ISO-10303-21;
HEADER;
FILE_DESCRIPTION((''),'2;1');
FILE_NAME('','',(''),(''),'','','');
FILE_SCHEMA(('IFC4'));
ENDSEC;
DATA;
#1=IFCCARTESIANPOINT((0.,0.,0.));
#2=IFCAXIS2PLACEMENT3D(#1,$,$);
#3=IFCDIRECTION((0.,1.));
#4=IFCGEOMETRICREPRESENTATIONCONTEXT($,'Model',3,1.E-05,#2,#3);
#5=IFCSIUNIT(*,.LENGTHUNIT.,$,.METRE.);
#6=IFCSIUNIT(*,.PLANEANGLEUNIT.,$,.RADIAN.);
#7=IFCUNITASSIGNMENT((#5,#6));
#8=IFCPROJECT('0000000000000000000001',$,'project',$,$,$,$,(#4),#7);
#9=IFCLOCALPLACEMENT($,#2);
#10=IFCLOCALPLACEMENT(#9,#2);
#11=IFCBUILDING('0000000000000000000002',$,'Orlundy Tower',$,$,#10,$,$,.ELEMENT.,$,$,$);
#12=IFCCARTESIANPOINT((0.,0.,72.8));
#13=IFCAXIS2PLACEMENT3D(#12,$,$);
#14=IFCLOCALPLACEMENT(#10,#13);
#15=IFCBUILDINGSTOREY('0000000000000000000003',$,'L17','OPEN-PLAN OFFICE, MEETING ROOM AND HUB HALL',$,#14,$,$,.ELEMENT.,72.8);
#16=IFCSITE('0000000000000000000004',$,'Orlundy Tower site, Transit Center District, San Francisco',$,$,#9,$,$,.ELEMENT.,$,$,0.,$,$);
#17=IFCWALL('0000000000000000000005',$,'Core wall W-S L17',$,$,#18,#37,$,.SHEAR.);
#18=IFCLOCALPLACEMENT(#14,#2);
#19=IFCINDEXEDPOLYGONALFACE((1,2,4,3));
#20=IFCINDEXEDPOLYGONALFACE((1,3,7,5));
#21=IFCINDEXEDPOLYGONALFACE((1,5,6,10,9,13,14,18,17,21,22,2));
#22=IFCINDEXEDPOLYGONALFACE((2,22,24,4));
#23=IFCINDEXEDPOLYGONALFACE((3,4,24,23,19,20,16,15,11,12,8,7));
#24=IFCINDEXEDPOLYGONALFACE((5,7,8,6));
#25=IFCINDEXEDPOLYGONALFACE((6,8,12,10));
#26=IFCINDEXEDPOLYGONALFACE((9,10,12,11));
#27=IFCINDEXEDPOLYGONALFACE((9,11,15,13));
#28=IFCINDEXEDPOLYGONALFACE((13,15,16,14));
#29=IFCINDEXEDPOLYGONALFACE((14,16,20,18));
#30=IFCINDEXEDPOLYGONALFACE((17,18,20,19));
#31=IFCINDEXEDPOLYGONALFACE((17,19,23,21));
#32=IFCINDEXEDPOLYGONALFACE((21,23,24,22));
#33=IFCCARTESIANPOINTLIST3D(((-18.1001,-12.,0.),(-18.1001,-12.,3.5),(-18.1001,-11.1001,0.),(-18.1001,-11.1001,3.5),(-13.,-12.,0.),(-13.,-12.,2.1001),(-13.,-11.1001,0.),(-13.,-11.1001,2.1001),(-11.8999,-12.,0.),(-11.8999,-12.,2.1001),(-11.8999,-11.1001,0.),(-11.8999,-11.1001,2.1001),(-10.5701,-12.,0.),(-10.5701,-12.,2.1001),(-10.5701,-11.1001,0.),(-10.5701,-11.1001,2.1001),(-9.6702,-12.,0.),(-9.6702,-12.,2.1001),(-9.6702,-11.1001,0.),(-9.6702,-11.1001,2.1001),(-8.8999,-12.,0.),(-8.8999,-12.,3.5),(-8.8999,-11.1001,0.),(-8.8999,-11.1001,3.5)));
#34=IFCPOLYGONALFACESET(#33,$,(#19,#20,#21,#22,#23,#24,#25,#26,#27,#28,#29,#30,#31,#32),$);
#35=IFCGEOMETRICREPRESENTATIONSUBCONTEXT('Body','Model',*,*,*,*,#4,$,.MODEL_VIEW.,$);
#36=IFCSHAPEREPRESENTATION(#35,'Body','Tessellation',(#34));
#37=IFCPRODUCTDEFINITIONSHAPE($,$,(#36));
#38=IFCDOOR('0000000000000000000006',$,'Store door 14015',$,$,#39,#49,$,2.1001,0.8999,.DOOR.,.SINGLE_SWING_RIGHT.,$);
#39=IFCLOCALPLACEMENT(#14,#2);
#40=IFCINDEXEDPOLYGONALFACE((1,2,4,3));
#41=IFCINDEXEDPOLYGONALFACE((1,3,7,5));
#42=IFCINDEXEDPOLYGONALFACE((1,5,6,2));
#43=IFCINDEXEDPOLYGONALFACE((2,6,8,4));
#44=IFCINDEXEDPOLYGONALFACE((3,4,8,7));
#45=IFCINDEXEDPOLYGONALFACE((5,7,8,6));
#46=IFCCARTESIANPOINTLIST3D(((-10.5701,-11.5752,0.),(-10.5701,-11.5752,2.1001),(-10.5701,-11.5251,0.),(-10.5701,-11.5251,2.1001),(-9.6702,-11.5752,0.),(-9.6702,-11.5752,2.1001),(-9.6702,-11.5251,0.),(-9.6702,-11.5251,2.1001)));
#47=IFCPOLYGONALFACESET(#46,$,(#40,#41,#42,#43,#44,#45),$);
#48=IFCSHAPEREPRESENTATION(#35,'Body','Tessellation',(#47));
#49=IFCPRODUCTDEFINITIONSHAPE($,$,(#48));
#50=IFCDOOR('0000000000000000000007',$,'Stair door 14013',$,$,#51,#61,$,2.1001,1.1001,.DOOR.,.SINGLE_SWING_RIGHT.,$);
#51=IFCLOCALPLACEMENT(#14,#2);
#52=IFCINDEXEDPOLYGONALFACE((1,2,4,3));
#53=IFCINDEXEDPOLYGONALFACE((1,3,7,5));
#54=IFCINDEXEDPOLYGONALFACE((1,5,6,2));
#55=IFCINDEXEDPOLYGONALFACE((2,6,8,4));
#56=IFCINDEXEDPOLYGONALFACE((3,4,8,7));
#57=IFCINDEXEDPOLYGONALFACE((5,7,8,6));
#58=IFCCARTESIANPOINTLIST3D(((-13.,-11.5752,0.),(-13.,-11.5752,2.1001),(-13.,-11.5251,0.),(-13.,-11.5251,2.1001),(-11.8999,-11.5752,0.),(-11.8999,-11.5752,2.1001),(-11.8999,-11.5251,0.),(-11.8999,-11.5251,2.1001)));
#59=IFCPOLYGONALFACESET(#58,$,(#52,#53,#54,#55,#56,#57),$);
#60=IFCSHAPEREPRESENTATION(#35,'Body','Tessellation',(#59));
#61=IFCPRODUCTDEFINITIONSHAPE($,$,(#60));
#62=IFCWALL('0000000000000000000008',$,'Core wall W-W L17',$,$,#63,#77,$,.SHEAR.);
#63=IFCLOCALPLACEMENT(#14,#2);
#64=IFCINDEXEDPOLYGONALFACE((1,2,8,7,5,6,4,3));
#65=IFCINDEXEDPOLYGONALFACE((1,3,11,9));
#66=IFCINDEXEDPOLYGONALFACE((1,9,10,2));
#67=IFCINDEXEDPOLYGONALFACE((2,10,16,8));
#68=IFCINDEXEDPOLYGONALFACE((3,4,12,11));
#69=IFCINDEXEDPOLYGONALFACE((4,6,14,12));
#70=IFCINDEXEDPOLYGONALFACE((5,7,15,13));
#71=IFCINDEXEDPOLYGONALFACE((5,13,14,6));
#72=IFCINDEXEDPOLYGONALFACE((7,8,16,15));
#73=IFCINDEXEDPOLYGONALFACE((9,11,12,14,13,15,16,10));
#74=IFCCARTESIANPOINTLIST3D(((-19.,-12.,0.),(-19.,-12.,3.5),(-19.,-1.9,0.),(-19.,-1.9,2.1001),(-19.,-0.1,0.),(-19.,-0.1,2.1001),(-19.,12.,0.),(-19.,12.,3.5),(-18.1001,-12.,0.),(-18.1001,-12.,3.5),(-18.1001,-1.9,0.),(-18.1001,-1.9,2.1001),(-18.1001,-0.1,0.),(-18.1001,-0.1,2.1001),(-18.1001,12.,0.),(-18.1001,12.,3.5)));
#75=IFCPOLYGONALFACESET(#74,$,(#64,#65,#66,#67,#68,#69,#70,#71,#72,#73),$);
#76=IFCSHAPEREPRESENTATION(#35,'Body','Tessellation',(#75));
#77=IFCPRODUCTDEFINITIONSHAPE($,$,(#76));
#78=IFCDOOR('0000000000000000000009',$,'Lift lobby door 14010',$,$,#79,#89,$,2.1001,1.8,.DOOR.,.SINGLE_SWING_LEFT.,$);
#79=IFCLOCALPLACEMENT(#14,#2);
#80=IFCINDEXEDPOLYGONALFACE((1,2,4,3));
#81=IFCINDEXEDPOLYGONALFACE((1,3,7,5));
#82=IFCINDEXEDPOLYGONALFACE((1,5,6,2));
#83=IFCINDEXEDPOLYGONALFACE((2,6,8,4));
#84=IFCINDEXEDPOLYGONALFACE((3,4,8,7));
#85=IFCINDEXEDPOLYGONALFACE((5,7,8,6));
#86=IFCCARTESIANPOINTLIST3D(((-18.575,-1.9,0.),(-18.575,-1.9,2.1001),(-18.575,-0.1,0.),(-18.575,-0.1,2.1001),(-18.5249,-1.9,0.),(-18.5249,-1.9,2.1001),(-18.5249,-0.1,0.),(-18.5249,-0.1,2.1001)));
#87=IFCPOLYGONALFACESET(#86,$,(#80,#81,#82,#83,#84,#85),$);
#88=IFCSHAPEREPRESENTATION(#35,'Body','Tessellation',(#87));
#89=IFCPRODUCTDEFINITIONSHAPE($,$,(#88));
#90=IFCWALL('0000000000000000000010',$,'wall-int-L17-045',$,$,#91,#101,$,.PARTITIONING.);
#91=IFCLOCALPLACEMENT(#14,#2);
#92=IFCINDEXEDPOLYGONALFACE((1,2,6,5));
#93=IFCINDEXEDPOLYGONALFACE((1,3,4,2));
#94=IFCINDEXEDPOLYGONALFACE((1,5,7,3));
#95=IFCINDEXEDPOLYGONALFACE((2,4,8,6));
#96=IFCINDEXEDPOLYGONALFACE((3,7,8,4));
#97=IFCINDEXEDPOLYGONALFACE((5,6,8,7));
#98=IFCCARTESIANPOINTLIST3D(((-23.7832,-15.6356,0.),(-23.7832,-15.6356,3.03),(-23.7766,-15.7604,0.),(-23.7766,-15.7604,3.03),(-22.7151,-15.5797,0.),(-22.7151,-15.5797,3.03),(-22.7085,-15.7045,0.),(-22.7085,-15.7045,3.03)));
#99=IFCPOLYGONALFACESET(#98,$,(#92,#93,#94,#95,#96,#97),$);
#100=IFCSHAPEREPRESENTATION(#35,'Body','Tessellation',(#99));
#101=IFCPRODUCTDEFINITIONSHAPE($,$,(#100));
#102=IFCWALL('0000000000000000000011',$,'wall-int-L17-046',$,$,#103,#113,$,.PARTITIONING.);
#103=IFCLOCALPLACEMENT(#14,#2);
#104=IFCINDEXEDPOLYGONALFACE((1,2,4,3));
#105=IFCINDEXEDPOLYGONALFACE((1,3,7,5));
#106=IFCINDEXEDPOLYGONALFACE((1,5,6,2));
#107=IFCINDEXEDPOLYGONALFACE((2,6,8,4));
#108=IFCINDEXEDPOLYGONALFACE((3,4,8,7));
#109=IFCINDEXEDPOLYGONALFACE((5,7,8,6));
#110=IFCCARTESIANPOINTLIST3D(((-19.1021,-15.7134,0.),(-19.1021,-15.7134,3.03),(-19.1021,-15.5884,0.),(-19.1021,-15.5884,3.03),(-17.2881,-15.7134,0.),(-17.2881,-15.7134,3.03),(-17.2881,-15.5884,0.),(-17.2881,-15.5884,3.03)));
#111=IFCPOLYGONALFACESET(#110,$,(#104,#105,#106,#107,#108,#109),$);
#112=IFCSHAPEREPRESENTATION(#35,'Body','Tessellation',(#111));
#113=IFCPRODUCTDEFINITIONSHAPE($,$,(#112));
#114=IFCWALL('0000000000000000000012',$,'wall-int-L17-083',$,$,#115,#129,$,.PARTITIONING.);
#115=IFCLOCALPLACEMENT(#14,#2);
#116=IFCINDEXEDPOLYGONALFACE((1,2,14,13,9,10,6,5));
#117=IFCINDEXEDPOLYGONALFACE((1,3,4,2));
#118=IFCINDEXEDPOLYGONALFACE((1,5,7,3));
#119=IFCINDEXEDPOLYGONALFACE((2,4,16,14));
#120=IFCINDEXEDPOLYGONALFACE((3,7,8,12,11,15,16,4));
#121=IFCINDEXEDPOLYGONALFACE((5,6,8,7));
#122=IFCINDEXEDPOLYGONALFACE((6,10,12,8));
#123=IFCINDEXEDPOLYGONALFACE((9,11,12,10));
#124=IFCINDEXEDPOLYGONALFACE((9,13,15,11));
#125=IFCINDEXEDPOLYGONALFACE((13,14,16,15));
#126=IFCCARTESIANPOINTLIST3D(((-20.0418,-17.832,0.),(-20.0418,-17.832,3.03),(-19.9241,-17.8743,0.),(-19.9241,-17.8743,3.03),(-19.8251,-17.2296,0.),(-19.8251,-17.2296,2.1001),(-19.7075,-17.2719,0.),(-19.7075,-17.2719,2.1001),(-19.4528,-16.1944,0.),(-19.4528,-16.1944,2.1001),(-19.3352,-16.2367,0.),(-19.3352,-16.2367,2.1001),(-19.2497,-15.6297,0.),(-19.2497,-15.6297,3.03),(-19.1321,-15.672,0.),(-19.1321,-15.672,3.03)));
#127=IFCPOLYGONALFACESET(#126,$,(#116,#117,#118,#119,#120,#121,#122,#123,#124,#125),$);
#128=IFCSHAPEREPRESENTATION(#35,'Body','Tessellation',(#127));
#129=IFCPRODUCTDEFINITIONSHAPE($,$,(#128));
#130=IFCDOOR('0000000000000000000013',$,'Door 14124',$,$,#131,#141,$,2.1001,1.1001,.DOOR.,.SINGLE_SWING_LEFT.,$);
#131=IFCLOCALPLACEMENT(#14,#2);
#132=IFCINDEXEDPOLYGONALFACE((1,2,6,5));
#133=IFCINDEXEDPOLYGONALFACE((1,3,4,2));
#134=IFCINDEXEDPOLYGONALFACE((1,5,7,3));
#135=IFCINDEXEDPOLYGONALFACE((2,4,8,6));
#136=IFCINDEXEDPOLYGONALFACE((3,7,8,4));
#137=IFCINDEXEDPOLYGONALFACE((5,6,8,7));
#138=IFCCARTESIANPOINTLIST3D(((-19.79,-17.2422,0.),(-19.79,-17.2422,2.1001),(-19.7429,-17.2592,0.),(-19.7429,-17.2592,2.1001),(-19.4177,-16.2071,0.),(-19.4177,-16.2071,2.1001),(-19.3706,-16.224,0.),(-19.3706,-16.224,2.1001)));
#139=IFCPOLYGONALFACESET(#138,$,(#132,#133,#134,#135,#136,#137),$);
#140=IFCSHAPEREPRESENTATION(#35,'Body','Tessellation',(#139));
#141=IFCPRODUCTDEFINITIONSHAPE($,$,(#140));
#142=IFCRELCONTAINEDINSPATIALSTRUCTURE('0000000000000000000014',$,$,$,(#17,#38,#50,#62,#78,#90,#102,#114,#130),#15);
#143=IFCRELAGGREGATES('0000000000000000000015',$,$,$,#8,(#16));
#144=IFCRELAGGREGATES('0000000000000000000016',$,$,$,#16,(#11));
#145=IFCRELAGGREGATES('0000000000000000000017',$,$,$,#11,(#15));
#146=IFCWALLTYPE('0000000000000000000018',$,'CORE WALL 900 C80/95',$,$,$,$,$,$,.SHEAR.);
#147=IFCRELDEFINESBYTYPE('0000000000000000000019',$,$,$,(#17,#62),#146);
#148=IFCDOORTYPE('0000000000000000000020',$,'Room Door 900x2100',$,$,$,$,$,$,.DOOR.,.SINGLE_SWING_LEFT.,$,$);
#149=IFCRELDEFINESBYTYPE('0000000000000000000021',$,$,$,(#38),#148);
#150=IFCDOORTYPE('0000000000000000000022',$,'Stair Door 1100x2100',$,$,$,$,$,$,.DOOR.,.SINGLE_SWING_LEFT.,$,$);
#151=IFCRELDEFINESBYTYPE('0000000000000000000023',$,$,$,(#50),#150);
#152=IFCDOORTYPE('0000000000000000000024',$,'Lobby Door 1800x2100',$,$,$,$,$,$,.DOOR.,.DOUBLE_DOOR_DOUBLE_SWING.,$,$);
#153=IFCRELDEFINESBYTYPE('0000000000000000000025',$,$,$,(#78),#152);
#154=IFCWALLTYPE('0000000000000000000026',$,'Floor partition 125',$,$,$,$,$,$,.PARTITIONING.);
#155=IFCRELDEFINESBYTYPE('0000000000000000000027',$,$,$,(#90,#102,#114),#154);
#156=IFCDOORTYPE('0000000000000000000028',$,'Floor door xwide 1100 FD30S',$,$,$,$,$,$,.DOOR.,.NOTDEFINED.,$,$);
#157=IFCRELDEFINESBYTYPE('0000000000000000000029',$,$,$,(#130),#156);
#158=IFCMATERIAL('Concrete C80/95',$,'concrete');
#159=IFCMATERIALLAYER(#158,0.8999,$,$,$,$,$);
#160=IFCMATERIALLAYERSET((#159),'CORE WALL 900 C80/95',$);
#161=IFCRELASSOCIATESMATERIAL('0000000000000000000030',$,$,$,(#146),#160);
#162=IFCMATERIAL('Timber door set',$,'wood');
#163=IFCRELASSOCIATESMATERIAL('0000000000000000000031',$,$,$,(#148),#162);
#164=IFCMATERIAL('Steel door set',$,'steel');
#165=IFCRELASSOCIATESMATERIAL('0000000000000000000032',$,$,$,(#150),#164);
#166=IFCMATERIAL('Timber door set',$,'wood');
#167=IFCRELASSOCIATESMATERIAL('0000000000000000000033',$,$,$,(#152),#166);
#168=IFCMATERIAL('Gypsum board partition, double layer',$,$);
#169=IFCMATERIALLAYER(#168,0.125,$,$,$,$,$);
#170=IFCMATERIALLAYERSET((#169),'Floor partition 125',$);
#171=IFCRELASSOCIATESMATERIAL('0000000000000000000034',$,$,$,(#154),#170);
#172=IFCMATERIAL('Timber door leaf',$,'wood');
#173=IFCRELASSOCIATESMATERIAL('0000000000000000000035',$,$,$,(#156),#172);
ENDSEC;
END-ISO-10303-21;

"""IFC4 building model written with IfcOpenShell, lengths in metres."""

from ifc_helpers import new_model, si_unit, direction, frame, frame_2d, origin, place, context, subcontext, project, spatial, rectangle, extrude, material, layer, layer_set, type_object, element, fill, save


model = new_model("IFC4")

# Units and contexts
model_context = context("Model", 3, precision=1e-05, world=origin(), true_north=direction((0.0, 1.0)))
body_context = subcontext(model_context, "Body", "Model", "MODEL_VIEW")
ifc_project = project(units=[si_unit("LENGTHUNIT", "METRE"), si_unit("PLANEANGLEUNIT", "RADIAN")], contexts=[model_context])

# Site, building, storey
site_placement = place(None, origin())
site = spatial("IfcSite", under=ifc_project, at=site_placement, Name="Orlundy Tower site, Transit Center District, San Francisco", CompositionType="ELEMENT", RefElevation=0.0)
building_placement = place(site_placement, origin())
building = spatial("IfcBuilding", under=site, at=building_placement, Name="Orlundy Tower", CompositionType="ELEMENT")
storey_placement = place(building_placement, frame((0.0, 0.0, 72.8)))
storey = spatial("IfcBuildingStorey", under=building, at=storey_placement, Name="L17", Description="OPEN-PLAN OFFICE, MEETING ROOM AND HUB HALL", CompositionType="ELEMENT", Elevation=72.8)

# Wall, openings, doors
ifc_material_1 = material(Name="Concrete C80/95", Category="concrete")
ifc_layer_1 = layer(ifc_material_1, 0.8999)
ifc_layer_set_1 = layer_set([ifc_layer_1], Name="CORE WALL 900 C80/95")
wall_type_1 = type_object("IfcWallType", Name="CORE WALL 900 C80/95", PredefinedType="SHEAR", material=ifc_layer_set_1)
wall_1_placement = place(storey_placement, frame((-18.1001, -11.55, 0.0), z_axis=(0.0, 0.0, 1.0), x_axis=(1.0, 0.0, 0.0)))
wall_1 = element("IfcWall", 1, at=wall_1_placement, inside=storey, type_object=wall_type_1, Name="Core wall W-S L17", PredefinedType="SHEAR", context=body_context, shape_type="SweptSolid", body=[
    extrude(rectangle(XDim=9.2002, YDim=0.8999, at=frame_2d((4.6001, 0.0))), origin(), (0.0, 0.0, 1.0), 3.5),
])
opening_1_placement = place(wall_1_placement, frame((5.1001, 0.0, 0.0)))
opening_1 = element("IfcOpeningElement", 2, at=opening_1_placement, cuts=wall_1, PredefinedType="OPENING", context=body_context, shape_type="SweptSolid", body=[
    extrude(rectangle(XDim=1.1001, YDim=2.1001, at=frame_2d((0.55, 1.05))), frame((0.0, 0.46, 0.0), z_axis=(0.0, -1.0, 0.0), x_axis=(1.0, 0.0, 0.0)), (0.0, 0.0, 1.0), 0.9199),
])
opening_2_placement = place(wall_1_placement, frame((7.53, 0.0, 0.0)))
opening_2 = element("IfcOpeningElement", 3, at=opening_2_placement, cuts=wall_1, PredefinedType="OPENING", context=body_context, shape_type="SweptSolid", body=[
    extrude(rectangle(XDim=0.8999, YDim=2.1001, at=frame_2d((0.45, 1.05))), frame((0.0, 0.46, 0.0), z_axis=(0.0, -1.0, 0.0), x_axis=(1.0, 0.0, 0.0)), (0.0, 0.0, 1.0), 0.9199),
])
ifc_material_2 = material(Name="Timber door set", Category="wood")
door_type_1 = type_object("IfcDoorType", Name="Room Door 900x2100", OperationType="SINGLE_SWING_LEFT", PredefinedType="DOOR", material=ifc_material_2)
door_1_placement = place(opening_2_placement, origin())
door_1 = element("IfcDoor", 4, at=door_1_placement, inside=storey, type_object=door_type_1, Name="Store door 14015", OperationType="SINGLE_SWING_RIGHT", OverallHeight=2.1001, OverallWidth=0.8999, PredefinedType="DOOR", context=body_context, shape_type="SweptSolid", body=[
    extrude(rectangle(XDim=0.8999, YDim=2.1001, at=frame_2d((0.45, 1.05))), frame((0.0, 0.0249, 0.0), z_axis=(0.0, -1.0, 0.0), x_axis=(1.0, 0.0, 0.0)), (0.0, 0.0, 1.0), 0.05),
])
fill(opening_2, door_1)
ifc_material_3 = material(Name="Steel door set", Category="steel")
door_type_2 = type_object("IfcDoorType", Name="Stair Door 1100x2100", OperationType="SINGLE_SWING_LEFT", PredefinedType="DOOR", material=ifc_material_3)
door_2_placement = place(opening_1_placement, origin())
door_2 = element("IfcDoor", 5, at=door_2_placement, inside=storey, type_object=door_type_2, Name="Stair door 14013", OperationType="SINGLE_SWING_RIGHT", OverallHeight=2.1001, OverallWidth=1.1001, PredefinedType="DOOR", context=body_context, shape_type="SweptSolid", body=[
    extrude(rectangle(XDim=1.1001, YDim=2.1001, at=frame_2d((0.55, 1.05))), frame((0.0, 0.0249, 0.0), z_axis=(0.0, -1.0, 0.0), x_axis=(1.0, 0.0, 0.0)), (0.0, 0.0, 1.0), 0.05),
])
fill(opening_1, door_2)

# Wall, opening, door
wall_2_placement = place(storey_placement, frame((-18.55, -12.0, 0.0), z_axis=(0.0, 0.0, 1.0), x_axis=(0.0, 1.0, 0.0)))
wall_2 = element("IfcWall", 6, at=wall_2_placement, inside=storey, type_object=wall_type_1, Name="Core wall W-W L17", PredefinedType="SHEAR", context=body_context, shape_type="SweptSolid", body=[
    extrude(rectangle(XDim=24.0, YDim=0.8999, at=frame_2d((12.0, 0.0))), origin(), (0.0, 0.0, 1.0), 3.5),
])
opening_3_placement = place(wall_2_placement, frame((10.1001, 0.0, 0.0)))
opening_3 = element("IfcOpeningElement", 7, at=opening_3_placement, cuts=wall_2, PredefinedType="OPENING", context=body_context, shape_type="SweptSolid", body=[
    extrude(rectangle(XDim=1.8, YDim=2.1001, at=frame_2d((0.8999, 1.05))), frame((0.0, 0.46, 0.0), z_axis=(0.0, -1.0, 0.0), x_axis=(1.0, 0.0, 0.0)), (0.0, 0.0, 1.0), 0.9199),
])
ifc_material_4 = material(Name="Timber door set", Category="wood")
door_type_3 = type_object("IfcDoorType", Name="Lobby Door 1800x2100", OperationType="DOUBLE_DOOR_DOUBLE_SWING", PredefinedType="DOOR", material=ifc_material_4)
door_3_placement = place(opening_3_placement, origin())
door_3 = element("IfcDoor", 8, at=door_3_placement, inside=storey, type_object=door_type_3, Name="Lift lobby door 14010", OperationType="SINGLE_SWING_LEFT", OverallHeight=2.1001, OverallWidth=1.8, PredefinedType="DOOR", context=body_context, shape_type="SweptSolid", body=[
    extrude(rectangle(XDim=1.8, YDim=2.1001, at=frame_2d((0.8999, 1.05))), frame((0.0, 0.0249, 0.0), z_axis=(0.0, -1.0, 0.0), x_axis=(1.0, 0.0, 0.0)), (0.0, 0.0, 1.0), 0.05),
])
fill(opening_3, door_3)

# Walls
ifc_material_5 = material(Name="Gypsum board partition, double layer")
ifc_layer_2 = layer(ifc_material_5, 0.125)
ifc_layer_set_2 = layer_set([ifc_layer_2], Name="Floor partition 125")
wall_type_2 = type_object("IfcWallType", Name="Floor partition 125", PredefinedType="PARTITIONING", material=ifc_layer_set_2)
wall_3_placement = place(storey_placement, frame((-22.7119, -15.6421, 0.0), z_axis=(0.0, 0.0, 1.0), x_axis=(-0.998633, -0.052271, 0.0)))
element("IfcWall", 9, at=wall_3_placement, inside=storey, type_object=wall_type_2, Name="wall-int-L17-045", PredefinedType="PARTITIONING", context=body_context, shape_type="SweptSolid", body=[
    extrude(rectangle(XDim=1.0696, YDim=0.125, at=frame_2d((0.5347, 0.0))), origin(), (0.0, 0.0, 1.0), 3.03),
])
wall_4_placement = place(storey_placement, frame((-19.1021, -15.6509, 0.0), z_axis=(0.0, 0.0, 1.0), x_axis=(1.0, 0.0, 0.0)))
element("IfcWall", 10, at=wall_4_placement, inside=storey, type_object=wall_type_2, Name="wall-int-L17-046", PredefinedType="PARTITIONING", context=body_context, shape_type="SweptSolid", body=[
    extrude(rectangle(XDim=1.814, YDim=0.125, at=frame_2d((0.907, 0.0))), origin(), (0.0, 0.0, 1.0), 3.03),
])

# Wall, opening, door
wall_5_placement = place(storey_placement, frame((-19.1909, -15.6509, 0.0), z_axis=(0.0, 0.0, 1.0), x_axis=(-0.338424, -0.940994, 0.0)))
wall_5 = element("IfcWall", 11, at=wall_5_placement, inside=storey, type_object=wall_type_2, Name="wall-int-L17-083", PredefinedType="PARTITIONING", context=body_context, shape_type="SweptSolid", body=[
    extrude(rectangle(XDim=2.3403, YDim=0.125, at=frame_2d((1.1702, 0.0))), origin(), (0.0, 0.0, 1.0), 3.03),
])
opening_4_placement = place(wall_5_placement, frame((0.6001, 0.0, 0.0)))
opening_4 = element("IfcOpeningElement", 12, at=opening_4_placement, cuts=wall_5, PredefinedType="OPENING", context=body_context, shape_type="SweptSolid", body=[
    extrude(rectangle(XDim=1.1001, YDim=2.1001, at=frame_2d((0.55, 1.05))), frame((0.0, 0.0725, 0.0), z_axis=(0.0, -1.0, 0.0), x_axis=(1.0, 0.0, 0.0)), (0.0, 0.0, 1.0), 0.145),
])
ifc_material_6 = material(Name="Timber door leaf", Category="wood")
door_type_4 = type_object("IfcDoorType", Name="Floor door xwide 1100 FD30S", OperationType="NOTDEFINED", PredefinedType="DOOR", material=ifc_material_6)
door_4_placement = place(opening_4_placement, origin())
door_4 = element("IfcDoor", 13, at=door_4_placement, inside=storey, type_object=door_type_4, Name="Door 14124", OperationType="SINGLE_SWING_LEFT", OverallHeight=2.1001, OverallWidth=1.1001, PredefinedType="DOOR", context=body_context, shape_type="SweptSolid", body=[
    extrude(rectangle(XDim=1.1001, YDim=2.1001, at=frame_2d((0.55, 1.05))), frame((0.0, 0.0249, 0.0), z_axis=(0.0, -1.0, 0.0), x_axis=(1.0, 0.0, 0.0)), (0.0, 0.0, 1.0), 0.05),
])
fill(opening_4, door_4)

save(model, "model.ifc")
